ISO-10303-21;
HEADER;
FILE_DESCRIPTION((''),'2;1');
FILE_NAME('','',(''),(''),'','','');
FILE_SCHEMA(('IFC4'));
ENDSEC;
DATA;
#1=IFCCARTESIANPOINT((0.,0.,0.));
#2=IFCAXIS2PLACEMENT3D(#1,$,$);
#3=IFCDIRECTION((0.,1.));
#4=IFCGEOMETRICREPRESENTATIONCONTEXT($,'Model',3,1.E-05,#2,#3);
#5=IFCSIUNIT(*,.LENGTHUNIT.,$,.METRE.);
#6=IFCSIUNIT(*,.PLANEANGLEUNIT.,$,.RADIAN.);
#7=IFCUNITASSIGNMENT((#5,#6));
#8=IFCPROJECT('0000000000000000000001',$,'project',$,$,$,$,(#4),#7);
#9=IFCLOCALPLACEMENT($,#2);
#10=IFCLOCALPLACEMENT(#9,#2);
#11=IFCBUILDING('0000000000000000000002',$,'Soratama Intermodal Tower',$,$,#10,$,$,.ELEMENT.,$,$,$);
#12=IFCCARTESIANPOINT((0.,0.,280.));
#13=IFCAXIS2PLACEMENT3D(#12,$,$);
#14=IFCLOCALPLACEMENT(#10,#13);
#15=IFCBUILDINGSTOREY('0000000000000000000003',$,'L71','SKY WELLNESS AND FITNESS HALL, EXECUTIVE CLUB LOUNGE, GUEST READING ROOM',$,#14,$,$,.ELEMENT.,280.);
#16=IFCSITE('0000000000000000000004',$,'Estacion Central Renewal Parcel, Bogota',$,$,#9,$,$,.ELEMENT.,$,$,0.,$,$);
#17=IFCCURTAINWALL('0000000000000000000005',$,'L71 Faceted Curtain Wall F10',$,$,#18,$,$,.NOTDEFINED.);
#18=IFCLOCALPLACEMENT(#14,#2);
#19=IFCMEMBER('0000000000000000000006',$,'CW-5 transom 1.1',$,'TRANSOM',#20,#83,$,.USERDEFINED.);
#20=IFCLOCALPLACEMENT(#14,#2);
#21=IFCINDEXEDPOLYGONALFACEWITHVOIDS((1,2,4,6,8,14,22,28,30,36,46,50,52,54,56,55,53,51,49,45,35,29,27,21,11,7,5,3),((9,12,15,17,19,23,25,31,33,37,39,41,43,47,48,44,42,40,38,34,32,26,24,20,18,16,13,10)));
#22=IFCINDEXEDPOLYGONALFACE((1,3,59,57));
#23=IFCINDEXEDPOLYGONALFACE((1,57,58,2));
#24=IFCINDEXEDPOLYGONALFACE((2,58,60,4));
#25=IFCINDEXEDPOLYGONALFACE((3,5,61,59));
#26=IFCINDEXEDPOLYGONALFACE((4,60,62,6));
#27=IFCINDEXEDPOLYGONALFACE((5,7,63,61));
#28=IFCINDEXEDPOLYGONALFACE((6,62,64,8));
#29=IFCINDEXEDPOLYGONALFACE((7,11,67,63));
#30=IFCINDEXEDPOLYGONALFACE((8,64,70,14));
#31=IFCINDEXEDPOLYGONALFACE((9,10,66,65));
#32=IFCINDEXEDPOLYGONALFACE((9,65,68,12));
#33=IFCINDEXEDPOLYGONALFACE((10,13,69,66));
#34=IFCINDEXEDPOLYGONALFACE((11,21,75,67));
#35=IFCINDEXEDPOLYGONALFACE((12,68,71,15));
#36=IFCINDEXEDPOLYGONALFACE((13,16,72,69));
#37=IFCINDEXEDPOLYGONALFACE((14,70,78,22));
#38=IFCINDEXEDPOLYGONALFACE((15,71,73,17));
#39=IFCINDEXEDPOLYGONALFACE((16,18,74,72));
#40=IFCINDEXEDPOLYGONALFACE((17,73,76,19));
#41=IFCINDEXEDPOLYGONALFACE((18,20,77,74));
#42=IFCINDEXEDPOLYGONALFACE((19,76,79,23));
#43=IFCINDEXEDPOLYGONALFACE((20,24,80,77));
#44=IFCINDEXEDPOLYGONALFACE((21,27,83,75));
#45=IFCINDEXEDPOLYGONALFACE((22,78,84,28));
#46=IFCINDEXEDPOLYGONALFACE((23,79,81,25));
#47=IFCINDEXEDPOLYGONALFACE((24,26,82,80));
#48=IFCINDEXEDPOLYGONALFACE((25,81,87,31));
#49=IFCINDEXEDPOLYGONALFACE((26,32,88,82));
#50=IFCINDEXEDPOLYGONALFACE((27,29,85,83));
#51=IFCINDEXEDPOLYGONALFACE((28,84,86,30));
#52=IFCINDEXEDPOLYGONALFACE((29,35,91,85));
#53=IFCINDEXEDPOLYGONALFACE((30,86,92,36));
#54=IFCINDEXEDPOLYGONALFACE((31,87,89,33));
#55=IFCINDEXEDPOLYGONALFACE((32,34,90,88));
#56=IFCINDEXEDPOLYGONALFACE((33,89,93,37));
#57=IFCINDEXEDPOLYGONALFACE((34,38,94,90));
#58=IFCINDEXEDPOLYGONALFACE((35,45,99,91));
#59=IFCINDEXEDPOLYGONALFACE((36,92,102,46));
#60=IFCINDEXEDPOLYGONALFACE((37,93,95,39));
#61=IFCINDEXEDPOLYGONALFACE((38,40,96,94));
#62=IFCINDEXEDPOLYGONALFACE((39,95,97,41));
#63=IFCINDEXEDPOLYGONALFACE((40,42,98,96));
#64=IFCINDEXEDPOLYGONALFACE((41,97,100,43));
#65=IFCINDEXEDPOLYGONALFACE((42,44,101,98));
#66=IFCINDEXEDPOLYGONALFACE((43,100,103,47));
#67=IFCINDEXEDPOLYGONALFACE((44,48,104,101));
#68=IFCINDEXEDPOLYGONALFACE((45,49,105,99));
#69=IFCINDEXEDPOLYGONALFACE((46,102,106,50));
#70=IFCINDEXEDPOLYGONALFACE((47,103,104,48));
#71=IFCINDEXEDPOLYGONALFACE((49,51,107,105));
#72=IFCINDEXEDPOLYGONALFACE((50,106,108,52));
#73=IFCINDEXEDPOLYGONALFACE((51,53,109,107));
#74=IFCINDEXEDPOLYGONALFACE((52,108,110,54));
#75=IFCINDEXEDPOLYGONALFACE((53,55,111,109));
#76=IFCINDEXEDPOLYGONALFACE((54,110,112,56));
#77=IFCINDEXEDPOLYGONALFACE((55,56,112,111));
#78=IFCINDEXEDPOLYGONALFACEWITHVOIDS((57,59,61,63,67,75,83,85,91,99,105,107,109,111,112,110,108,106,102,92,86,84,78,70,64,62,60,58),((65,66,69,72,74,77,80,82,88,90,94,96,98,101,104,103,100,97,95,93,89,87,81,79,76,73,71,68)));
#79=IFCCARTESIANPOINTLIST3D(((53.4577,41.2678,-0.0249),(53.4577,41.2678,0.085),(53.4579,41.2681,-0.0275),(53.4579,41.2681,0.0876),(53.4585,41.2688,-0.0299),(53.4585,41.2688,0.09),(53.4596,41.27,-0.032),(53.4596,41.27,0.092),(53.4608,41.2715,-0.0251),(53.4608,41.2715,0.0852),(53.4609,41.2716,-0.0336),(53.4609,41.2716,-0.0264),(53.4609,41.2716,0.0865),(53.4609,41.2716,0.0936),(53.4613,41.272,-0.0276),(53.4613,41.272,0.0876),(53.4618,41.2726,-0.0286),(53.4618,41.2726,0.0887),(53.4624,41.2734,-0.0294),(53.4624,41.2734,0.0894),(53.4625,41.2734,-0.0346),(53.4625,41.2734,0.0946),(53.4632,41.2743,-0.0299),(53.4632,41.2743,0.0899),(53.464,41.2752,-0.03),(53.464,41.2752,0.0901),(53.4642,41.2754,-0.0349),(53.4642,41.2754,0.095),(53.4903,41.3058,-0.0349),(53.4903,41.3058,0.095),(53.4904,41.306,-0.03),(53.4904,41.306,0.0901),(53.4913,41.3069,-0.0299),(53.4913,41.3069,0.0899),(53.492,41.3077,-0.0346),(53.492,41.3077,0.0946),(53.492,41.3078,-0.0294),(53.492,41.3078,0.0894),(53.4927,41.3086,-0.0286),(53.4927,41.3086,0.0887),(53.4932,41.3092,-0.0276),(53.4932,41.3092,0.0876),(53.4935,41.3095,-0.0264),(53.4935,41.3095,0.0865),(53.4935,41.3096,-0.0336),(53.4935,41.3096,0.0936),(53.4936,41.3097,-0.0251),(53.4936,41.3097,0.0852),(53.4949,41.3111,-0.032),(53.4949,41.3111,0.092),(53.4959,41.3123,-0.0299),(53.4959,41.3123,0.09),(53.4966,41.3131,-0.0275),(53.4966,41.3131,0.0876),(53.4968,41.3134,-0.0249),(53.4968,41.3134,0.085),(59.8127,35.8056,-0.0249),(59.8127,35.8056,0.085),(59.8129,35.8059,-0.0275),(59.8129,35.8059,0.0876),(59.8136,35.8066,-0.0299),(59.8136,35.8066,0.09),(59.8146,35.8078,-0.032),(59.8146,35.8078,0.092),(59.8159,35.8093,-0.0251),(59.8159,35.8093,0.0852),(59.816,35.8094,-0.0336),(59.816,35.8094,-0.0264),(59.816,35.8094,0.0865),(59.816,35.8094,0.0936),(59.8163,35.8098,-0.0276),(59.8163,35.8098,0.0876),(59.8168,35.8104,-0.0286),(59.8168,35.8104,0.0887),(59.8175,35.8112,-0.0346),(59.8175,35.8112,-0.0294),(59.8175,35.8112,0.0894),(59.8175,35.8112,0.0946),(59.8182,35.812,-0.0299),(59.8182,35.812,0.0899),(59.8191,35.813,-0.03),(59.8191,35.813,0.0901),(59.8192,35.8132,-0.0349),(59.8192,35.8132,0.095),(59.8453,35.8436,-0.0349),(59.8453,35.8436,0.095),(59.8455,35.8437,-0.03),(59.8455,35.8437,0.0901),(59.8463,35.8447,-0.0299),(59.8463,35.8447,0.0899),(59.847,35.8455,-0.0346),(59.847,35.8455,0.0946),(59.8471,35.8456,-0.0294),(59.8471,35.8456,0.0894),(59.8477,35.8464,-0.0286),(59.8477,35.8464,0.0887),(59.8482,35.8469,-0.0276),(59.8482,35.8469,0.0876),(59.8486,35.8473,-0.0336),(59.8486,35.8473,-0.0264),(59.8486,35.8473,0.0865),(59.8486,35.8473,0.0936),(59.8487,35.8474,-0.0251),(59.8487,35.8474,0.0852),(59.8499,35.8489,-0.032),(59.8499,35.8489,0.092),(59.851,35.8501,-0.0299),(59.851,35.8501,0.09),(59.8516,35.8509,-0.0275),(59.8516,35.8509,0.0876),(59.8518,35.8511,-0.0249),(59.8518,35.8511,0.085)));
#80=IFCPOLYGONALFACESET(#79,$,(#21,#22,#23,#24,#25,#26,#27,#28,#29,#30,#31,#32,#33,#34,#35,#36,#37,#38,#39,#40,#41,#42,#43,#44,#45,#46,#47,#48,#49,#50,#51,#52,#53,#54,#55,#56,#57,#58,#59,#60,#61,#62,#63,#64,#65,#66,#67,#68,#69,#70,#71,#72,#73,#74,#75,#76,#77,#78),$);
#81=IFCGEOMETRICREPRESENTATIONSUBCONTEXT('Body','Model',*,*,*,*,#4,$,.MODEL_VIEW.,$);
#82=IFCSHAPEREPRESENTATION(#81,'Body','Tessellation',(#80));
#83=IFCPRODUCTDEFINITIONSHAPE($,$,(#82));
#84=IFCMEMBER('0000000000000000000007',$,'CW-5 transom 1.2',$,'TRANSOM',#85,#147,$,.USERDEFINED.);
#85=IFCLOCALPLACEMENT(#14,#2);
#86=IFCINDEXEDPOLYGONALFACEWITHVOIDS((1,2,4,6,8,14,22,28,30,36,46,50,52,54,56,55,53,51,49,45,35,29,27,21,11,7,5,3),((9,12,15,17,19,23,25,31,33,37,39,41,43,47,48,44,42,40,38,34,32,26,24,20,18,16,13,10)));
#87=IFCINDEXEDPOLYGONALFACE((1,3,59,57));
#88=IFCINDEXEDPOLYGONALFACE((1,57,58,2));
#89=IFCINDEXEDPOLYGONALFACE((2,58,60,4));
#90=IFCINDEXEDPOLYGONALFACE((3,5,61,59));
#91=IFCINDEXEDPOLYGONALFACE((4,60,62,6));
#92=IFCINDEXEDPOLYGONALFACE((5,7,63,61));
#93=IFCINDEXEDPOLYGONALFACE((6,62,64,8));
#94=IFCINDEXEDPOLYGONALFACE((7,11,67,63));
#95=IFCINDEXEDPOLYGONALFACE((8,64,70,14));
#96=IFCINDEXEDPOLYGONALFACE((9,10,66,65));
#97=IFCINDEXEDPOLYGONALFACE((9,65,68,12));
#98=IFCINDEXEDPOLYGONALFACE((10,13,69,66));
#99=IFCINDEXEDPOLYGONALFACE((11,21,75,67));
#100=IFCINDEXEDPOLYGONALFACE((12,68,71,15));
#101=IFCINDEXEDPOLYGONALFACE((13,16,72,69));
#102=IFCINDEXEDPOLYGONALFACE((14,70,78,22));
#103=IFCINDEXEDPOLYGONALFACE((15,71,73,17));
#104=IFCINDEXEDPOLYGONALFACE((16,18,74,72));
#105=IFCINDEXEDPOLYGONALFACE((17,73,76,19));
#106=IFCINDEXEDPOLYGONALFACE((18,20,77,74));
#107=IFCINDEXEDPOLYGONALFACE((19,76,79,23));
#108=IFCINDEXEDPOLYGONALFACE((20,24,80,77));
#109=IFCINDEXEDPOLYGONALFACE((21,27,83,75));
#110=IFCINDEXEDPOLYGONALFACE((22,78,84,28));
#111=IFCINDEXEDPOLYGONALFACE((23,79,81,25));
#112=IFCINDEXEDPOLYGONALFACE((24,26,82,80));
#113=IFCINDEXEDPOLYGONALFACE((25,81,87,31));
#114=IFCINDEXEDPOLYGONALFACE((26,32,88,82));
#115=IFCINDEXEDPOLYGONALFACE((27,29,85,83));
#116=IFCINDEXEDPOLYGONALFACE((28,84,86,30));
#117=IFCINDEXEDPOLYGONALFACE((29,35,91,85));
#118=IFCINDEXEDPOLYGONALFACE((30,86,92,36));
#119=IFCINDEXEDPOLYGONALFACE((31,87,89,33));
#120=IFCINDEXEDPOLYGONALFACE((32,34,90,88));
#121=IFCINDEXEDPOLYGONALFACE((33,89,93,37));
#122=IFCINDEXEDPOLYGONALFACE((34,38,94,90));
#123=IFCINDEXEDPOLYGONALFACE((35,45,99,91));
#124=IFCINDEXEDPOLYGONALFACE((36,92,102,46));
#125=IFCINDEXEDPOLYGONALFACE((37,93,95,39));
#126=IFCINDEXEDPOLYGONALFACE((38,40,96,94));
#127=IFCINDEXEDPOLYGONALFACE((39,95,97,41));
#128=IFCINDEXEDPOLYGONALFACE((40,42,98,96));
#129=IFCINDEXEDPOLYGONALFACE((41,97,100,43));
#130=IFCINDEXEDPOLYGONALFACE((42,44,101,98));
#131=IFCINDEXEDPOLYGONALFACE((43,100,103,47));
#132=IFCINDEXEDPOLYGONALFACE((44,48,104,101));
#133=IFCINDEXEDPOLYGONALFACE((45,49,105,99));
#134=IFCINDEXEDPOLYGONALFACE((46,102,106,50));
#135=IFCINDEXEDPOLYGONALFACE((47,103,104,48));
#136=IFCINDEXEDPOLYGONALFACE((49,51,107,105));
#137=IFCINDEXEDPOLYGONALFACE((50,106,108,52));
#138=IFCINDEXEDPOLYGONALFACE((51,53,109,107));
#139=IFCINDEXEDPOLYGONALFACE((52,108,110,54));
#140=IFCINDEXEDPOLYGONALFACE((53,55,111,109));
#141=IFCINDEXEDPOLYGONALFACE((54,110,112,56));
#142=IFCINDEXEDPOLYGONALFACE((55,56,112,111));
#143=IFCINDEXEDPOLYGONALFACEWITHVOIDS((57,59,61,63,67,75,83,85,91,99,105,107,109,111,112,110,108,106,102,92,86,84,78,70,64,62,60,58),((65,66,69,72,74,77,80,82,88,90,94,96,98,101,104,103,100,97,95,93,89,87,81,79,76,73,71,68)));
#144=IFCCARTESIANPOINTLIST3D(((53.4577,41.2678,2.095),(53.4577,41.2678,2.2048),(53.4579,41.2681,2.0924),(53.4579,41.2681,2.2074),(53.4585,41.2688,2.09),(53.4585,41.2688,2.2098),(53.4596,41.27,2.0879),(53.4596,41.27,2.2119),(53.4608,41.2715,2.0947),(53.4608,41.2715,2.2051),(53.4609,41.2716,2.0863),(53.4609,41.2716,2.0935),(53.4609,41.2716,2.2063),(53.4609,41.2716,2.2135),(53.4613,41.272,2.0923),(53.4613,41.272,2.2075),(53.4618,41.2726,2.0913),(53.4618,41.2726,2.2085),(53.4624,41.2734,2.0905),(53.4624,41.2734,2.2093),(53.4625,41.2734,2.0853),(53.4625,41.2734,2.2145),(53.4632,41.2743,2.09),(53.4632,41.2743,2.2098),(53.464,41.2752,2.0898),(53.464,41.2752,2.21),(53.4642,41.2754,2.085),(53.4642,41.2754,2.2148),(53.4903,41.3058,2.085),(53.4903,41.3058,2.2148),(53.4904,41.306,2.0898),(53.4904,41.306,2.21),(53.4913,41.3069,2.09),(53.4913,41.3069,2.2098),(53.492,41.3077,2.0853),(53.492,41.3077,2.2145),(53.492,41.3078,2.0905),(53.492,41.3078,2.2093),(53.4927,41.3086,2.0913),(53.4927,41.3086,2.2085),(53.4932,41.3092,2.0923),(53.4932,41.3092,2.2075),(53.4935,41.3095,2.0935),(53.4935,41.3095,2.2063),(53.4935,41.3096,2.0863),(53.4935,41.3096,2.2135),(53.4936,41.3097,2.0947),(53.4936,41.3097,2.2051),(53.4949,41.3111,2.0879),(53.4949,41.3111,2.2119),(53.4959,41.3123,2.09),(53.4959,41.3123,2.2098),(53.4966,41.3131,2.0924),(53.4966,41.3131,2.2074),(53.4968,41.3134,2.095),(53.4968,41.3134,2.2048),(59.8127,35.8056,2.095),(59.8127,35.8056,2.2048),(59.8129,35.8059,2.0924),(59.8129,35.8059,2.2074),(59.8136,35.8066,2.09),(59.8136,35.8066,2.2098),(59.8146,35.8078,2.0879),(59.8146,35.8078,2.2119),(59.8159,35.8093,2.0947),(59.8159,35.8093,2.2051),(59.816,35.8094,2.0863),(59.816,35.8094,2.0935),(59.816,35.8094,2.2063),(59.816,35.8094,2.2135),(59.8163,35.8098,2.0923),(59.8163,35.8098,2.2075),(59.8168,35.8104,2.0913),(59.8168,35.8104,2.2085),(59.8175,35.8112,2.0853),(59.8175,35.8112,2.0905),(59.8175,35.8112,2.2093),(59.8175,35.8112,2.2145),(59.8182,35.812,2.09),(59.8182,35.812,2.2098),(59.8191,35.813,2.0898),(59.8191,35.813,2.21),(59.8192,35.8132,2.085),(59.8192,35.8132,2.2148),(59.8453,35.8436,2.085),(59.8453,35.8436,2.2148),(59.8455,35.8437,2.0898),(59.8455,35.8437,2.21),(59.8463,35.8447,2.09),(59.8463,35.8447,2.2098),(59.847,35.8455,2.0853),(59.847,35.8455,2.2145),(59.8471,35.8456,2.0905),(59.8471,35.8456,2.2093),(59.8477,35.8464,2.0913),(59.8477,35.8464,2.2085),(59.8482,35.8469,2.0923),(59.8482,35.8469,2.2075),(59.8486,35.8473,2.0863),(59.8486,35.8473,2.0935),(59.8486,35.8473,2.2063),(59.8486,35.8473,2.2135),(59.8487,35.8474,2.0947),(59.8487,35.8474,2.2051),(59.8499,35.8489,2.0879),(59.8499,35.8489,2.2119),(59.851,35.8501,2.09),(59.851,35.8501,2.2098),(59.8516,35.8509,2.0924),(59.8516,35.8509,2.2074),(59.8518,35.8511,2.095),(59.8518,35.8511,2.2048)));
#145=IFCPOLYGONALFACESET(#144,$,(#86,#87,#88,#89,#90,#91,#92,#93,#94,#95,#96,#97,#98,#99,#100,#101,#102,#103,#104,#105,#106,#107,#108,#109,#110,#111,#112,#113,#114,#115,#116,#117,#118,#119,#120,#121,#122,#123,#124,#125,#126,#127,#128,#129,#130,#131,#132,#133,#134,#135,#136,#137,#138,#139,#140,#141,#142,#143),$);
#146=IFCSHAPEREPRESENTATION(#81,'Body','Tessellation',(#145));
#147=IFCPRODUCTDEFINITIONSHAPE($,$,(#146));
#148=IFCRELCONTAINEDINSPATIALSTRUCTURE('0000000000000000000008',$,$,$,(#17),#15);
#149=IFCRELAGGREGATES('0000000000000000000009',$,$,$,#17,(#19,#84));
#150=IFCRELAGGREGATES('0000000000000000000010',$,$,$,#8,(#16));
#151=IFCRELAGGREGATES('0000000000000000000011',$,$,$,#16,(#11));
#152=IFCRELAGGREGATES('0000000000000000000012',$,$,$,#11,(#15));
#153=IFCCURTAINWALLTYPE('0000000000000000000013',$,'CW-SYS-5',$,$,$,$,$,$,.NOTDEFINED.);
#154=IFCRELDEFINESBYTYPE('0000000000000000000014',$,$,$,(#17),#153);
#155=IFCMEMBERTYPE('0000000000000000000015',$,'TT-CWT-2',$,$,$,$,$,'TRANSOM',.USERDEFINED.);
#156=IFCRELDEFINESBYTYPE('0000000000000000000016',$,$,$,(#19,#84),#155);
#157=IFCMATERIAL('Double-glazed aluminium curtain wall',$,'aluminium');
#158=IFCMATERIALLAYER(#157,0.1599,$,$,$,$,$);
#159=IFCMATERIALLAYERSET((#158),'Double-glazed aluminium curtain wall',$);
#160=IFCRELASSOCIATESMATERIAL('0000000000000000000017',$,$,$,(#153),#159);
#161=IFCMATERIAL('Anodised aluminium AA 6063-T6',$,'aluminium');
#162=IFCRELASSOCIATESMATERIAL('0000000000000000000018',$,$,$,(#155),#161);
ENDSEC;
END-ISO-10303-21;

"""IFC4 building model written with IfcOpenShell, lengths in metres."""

from ifc_helpers import new_model, si_unit, direction, frame, origin, origin_2d, place, context, subcontext, project, spatial, hollow_rectangle, extrude, material, layer, layer_set, material_profile, profile_set, type_object, element, aggregate, save


model = new_model("IFC4")

# Units and contexts
model_context = context("Model", 3, precision=1e-05, world=origin(), true_north=direction((0.0, 1.0)))
body_context = subcontext(model_context, "Body", "Model", "MODEL_VIEW")
ifc_project = project(units=[si_unit("LENGTHUNIT", "METRE"), si_unit("PLANEANGLEUNIT", "RADIAN")], contexts=[model_context])

# Site, building, storey
site_placement = place(None, origin())
site = spatial("IfcSite", under=ifc_project, at=site_placement, Name="Estacion Central Renewal Parcel, Bogota", CompositionType="ELEMENT", RefElevation=0.0)
building_placement = place(site_placement, origin())
building = spatial("IfcBuilding", under=site, at=building_placement, Name="Soratama Intermodal Tower", CompositionType="ELEMENT")
storey_placement = place(building_placement, frame((0.0, 0.0, 280.0)))
storey = spatial("IfcBuildingStorey", under=building, at=storey_placement, Name="L71", Description="SKY WELLNESS AND FITNESS HALL, EXECUTIVE CLUB LOUNGE, GUEST READING ROOM", CompositionType="ELEMENT", Elevation=280.0)

# Curtain wall, members
ifc_material_1 = material(Name="Double-glazed aluminium curtain wall", Category="aluminium")
ifc_layer_1 = layer(ifc_material_1, 0.1599)
ifc_layer_set_1 = layer_set([ifc_layer_1], Name="Double-glazed aluminium curtain wall")
curtain_wall_type = type_object("IfcCurtainWallType", Name="CW-SYS-5", PredefinedType="NOTDEFINED", material=ifc_layer_set_1)
curtain_wall_placement = place(storey_placement, origin())
curtain_wall = element("IfcCurtainWall", 1, at=curtain_wall_placement, inside=storey, type_object=curtain_wall_type, Name="L71 Faceted Curtain Wall F10", PredefinedType="NOTDEFINED")
ifc_material_2 = material(Name="Anodised aluminium AA 6063-T6", Category="aluminium")
ifc_material_profile_1 = material_profile(ifc_material_2, hollow_rectangle(XDim=0.0601, YDim=0.1299, WallThickness=0.0049, InnerFilletRadius=0.0049, OuterFilletRadius=0.01, at=origin_2d()), Name="CWT130X60X5")
ifc_profile_set_1 = profile_set([ifc_material_profile_1], Name="Anodised aluminium AA 6063-T6")
member_type_1 = type_object("IfcMemberType", Name="TT-CWT-2", ElementType="TRANSOM", PredefinedType="USERDEFINED", material=ifc_profile_set_1)
member_1_placement = place(storey_placement, frame((59.8323, 35.8284, 0.03), z_axis=(-0.75837, 0.651825, 0.0), x_axis=(-0.651825, -0.75837, 0.0)))
member_1 = element("IfcMember", 2, at=member_1_placement, type_object=member_type_1, Name="CW-5 transom 1.1", ObjectType="TRANSOM", PredefinedType="USERDEFINED", context=body_context, shape_type="SweptSolid", body=[
    extrude(hollow_rectangle(XDim=0.0601, YDim=0.1299, WallThickness=0.0049, InnerFilletRadius=0.0049, OuterFilletRadius=0.01, at=origin_2d()), origin(), (0.0, 0.0, 1.0), 8.3799),
])
member_2_placement = place(storey_placement, frame((59.8323, 35.8284, 2.1499), z_axis=(-0.75837, 0.651825, 0.0), x_axis=(-0.651825, -0.75837, 0.0)))
member_2 = element("IfcMember", 3, at=member_2_placement, type_object=member_type_1, Name="CW-5 transom 1.2", ObjectType="TRANSOM", PredefinedType="USERDEFINED", context=body_context, shape_type="SweptSolid", body=[
    extrude(hollow_rectangle(XDim=0.0601, YDim=0.1299, WallThickness=0.0049, InnerFilletRadius=0.0049, OuterFilletRadius=0.01, at=origin_2d()), origin(), (0.0, 0.0, 1.0), 8.3799),
])
aggregate(curtain_wall, [member_1, member_2])

save(model, "model.ifc")
